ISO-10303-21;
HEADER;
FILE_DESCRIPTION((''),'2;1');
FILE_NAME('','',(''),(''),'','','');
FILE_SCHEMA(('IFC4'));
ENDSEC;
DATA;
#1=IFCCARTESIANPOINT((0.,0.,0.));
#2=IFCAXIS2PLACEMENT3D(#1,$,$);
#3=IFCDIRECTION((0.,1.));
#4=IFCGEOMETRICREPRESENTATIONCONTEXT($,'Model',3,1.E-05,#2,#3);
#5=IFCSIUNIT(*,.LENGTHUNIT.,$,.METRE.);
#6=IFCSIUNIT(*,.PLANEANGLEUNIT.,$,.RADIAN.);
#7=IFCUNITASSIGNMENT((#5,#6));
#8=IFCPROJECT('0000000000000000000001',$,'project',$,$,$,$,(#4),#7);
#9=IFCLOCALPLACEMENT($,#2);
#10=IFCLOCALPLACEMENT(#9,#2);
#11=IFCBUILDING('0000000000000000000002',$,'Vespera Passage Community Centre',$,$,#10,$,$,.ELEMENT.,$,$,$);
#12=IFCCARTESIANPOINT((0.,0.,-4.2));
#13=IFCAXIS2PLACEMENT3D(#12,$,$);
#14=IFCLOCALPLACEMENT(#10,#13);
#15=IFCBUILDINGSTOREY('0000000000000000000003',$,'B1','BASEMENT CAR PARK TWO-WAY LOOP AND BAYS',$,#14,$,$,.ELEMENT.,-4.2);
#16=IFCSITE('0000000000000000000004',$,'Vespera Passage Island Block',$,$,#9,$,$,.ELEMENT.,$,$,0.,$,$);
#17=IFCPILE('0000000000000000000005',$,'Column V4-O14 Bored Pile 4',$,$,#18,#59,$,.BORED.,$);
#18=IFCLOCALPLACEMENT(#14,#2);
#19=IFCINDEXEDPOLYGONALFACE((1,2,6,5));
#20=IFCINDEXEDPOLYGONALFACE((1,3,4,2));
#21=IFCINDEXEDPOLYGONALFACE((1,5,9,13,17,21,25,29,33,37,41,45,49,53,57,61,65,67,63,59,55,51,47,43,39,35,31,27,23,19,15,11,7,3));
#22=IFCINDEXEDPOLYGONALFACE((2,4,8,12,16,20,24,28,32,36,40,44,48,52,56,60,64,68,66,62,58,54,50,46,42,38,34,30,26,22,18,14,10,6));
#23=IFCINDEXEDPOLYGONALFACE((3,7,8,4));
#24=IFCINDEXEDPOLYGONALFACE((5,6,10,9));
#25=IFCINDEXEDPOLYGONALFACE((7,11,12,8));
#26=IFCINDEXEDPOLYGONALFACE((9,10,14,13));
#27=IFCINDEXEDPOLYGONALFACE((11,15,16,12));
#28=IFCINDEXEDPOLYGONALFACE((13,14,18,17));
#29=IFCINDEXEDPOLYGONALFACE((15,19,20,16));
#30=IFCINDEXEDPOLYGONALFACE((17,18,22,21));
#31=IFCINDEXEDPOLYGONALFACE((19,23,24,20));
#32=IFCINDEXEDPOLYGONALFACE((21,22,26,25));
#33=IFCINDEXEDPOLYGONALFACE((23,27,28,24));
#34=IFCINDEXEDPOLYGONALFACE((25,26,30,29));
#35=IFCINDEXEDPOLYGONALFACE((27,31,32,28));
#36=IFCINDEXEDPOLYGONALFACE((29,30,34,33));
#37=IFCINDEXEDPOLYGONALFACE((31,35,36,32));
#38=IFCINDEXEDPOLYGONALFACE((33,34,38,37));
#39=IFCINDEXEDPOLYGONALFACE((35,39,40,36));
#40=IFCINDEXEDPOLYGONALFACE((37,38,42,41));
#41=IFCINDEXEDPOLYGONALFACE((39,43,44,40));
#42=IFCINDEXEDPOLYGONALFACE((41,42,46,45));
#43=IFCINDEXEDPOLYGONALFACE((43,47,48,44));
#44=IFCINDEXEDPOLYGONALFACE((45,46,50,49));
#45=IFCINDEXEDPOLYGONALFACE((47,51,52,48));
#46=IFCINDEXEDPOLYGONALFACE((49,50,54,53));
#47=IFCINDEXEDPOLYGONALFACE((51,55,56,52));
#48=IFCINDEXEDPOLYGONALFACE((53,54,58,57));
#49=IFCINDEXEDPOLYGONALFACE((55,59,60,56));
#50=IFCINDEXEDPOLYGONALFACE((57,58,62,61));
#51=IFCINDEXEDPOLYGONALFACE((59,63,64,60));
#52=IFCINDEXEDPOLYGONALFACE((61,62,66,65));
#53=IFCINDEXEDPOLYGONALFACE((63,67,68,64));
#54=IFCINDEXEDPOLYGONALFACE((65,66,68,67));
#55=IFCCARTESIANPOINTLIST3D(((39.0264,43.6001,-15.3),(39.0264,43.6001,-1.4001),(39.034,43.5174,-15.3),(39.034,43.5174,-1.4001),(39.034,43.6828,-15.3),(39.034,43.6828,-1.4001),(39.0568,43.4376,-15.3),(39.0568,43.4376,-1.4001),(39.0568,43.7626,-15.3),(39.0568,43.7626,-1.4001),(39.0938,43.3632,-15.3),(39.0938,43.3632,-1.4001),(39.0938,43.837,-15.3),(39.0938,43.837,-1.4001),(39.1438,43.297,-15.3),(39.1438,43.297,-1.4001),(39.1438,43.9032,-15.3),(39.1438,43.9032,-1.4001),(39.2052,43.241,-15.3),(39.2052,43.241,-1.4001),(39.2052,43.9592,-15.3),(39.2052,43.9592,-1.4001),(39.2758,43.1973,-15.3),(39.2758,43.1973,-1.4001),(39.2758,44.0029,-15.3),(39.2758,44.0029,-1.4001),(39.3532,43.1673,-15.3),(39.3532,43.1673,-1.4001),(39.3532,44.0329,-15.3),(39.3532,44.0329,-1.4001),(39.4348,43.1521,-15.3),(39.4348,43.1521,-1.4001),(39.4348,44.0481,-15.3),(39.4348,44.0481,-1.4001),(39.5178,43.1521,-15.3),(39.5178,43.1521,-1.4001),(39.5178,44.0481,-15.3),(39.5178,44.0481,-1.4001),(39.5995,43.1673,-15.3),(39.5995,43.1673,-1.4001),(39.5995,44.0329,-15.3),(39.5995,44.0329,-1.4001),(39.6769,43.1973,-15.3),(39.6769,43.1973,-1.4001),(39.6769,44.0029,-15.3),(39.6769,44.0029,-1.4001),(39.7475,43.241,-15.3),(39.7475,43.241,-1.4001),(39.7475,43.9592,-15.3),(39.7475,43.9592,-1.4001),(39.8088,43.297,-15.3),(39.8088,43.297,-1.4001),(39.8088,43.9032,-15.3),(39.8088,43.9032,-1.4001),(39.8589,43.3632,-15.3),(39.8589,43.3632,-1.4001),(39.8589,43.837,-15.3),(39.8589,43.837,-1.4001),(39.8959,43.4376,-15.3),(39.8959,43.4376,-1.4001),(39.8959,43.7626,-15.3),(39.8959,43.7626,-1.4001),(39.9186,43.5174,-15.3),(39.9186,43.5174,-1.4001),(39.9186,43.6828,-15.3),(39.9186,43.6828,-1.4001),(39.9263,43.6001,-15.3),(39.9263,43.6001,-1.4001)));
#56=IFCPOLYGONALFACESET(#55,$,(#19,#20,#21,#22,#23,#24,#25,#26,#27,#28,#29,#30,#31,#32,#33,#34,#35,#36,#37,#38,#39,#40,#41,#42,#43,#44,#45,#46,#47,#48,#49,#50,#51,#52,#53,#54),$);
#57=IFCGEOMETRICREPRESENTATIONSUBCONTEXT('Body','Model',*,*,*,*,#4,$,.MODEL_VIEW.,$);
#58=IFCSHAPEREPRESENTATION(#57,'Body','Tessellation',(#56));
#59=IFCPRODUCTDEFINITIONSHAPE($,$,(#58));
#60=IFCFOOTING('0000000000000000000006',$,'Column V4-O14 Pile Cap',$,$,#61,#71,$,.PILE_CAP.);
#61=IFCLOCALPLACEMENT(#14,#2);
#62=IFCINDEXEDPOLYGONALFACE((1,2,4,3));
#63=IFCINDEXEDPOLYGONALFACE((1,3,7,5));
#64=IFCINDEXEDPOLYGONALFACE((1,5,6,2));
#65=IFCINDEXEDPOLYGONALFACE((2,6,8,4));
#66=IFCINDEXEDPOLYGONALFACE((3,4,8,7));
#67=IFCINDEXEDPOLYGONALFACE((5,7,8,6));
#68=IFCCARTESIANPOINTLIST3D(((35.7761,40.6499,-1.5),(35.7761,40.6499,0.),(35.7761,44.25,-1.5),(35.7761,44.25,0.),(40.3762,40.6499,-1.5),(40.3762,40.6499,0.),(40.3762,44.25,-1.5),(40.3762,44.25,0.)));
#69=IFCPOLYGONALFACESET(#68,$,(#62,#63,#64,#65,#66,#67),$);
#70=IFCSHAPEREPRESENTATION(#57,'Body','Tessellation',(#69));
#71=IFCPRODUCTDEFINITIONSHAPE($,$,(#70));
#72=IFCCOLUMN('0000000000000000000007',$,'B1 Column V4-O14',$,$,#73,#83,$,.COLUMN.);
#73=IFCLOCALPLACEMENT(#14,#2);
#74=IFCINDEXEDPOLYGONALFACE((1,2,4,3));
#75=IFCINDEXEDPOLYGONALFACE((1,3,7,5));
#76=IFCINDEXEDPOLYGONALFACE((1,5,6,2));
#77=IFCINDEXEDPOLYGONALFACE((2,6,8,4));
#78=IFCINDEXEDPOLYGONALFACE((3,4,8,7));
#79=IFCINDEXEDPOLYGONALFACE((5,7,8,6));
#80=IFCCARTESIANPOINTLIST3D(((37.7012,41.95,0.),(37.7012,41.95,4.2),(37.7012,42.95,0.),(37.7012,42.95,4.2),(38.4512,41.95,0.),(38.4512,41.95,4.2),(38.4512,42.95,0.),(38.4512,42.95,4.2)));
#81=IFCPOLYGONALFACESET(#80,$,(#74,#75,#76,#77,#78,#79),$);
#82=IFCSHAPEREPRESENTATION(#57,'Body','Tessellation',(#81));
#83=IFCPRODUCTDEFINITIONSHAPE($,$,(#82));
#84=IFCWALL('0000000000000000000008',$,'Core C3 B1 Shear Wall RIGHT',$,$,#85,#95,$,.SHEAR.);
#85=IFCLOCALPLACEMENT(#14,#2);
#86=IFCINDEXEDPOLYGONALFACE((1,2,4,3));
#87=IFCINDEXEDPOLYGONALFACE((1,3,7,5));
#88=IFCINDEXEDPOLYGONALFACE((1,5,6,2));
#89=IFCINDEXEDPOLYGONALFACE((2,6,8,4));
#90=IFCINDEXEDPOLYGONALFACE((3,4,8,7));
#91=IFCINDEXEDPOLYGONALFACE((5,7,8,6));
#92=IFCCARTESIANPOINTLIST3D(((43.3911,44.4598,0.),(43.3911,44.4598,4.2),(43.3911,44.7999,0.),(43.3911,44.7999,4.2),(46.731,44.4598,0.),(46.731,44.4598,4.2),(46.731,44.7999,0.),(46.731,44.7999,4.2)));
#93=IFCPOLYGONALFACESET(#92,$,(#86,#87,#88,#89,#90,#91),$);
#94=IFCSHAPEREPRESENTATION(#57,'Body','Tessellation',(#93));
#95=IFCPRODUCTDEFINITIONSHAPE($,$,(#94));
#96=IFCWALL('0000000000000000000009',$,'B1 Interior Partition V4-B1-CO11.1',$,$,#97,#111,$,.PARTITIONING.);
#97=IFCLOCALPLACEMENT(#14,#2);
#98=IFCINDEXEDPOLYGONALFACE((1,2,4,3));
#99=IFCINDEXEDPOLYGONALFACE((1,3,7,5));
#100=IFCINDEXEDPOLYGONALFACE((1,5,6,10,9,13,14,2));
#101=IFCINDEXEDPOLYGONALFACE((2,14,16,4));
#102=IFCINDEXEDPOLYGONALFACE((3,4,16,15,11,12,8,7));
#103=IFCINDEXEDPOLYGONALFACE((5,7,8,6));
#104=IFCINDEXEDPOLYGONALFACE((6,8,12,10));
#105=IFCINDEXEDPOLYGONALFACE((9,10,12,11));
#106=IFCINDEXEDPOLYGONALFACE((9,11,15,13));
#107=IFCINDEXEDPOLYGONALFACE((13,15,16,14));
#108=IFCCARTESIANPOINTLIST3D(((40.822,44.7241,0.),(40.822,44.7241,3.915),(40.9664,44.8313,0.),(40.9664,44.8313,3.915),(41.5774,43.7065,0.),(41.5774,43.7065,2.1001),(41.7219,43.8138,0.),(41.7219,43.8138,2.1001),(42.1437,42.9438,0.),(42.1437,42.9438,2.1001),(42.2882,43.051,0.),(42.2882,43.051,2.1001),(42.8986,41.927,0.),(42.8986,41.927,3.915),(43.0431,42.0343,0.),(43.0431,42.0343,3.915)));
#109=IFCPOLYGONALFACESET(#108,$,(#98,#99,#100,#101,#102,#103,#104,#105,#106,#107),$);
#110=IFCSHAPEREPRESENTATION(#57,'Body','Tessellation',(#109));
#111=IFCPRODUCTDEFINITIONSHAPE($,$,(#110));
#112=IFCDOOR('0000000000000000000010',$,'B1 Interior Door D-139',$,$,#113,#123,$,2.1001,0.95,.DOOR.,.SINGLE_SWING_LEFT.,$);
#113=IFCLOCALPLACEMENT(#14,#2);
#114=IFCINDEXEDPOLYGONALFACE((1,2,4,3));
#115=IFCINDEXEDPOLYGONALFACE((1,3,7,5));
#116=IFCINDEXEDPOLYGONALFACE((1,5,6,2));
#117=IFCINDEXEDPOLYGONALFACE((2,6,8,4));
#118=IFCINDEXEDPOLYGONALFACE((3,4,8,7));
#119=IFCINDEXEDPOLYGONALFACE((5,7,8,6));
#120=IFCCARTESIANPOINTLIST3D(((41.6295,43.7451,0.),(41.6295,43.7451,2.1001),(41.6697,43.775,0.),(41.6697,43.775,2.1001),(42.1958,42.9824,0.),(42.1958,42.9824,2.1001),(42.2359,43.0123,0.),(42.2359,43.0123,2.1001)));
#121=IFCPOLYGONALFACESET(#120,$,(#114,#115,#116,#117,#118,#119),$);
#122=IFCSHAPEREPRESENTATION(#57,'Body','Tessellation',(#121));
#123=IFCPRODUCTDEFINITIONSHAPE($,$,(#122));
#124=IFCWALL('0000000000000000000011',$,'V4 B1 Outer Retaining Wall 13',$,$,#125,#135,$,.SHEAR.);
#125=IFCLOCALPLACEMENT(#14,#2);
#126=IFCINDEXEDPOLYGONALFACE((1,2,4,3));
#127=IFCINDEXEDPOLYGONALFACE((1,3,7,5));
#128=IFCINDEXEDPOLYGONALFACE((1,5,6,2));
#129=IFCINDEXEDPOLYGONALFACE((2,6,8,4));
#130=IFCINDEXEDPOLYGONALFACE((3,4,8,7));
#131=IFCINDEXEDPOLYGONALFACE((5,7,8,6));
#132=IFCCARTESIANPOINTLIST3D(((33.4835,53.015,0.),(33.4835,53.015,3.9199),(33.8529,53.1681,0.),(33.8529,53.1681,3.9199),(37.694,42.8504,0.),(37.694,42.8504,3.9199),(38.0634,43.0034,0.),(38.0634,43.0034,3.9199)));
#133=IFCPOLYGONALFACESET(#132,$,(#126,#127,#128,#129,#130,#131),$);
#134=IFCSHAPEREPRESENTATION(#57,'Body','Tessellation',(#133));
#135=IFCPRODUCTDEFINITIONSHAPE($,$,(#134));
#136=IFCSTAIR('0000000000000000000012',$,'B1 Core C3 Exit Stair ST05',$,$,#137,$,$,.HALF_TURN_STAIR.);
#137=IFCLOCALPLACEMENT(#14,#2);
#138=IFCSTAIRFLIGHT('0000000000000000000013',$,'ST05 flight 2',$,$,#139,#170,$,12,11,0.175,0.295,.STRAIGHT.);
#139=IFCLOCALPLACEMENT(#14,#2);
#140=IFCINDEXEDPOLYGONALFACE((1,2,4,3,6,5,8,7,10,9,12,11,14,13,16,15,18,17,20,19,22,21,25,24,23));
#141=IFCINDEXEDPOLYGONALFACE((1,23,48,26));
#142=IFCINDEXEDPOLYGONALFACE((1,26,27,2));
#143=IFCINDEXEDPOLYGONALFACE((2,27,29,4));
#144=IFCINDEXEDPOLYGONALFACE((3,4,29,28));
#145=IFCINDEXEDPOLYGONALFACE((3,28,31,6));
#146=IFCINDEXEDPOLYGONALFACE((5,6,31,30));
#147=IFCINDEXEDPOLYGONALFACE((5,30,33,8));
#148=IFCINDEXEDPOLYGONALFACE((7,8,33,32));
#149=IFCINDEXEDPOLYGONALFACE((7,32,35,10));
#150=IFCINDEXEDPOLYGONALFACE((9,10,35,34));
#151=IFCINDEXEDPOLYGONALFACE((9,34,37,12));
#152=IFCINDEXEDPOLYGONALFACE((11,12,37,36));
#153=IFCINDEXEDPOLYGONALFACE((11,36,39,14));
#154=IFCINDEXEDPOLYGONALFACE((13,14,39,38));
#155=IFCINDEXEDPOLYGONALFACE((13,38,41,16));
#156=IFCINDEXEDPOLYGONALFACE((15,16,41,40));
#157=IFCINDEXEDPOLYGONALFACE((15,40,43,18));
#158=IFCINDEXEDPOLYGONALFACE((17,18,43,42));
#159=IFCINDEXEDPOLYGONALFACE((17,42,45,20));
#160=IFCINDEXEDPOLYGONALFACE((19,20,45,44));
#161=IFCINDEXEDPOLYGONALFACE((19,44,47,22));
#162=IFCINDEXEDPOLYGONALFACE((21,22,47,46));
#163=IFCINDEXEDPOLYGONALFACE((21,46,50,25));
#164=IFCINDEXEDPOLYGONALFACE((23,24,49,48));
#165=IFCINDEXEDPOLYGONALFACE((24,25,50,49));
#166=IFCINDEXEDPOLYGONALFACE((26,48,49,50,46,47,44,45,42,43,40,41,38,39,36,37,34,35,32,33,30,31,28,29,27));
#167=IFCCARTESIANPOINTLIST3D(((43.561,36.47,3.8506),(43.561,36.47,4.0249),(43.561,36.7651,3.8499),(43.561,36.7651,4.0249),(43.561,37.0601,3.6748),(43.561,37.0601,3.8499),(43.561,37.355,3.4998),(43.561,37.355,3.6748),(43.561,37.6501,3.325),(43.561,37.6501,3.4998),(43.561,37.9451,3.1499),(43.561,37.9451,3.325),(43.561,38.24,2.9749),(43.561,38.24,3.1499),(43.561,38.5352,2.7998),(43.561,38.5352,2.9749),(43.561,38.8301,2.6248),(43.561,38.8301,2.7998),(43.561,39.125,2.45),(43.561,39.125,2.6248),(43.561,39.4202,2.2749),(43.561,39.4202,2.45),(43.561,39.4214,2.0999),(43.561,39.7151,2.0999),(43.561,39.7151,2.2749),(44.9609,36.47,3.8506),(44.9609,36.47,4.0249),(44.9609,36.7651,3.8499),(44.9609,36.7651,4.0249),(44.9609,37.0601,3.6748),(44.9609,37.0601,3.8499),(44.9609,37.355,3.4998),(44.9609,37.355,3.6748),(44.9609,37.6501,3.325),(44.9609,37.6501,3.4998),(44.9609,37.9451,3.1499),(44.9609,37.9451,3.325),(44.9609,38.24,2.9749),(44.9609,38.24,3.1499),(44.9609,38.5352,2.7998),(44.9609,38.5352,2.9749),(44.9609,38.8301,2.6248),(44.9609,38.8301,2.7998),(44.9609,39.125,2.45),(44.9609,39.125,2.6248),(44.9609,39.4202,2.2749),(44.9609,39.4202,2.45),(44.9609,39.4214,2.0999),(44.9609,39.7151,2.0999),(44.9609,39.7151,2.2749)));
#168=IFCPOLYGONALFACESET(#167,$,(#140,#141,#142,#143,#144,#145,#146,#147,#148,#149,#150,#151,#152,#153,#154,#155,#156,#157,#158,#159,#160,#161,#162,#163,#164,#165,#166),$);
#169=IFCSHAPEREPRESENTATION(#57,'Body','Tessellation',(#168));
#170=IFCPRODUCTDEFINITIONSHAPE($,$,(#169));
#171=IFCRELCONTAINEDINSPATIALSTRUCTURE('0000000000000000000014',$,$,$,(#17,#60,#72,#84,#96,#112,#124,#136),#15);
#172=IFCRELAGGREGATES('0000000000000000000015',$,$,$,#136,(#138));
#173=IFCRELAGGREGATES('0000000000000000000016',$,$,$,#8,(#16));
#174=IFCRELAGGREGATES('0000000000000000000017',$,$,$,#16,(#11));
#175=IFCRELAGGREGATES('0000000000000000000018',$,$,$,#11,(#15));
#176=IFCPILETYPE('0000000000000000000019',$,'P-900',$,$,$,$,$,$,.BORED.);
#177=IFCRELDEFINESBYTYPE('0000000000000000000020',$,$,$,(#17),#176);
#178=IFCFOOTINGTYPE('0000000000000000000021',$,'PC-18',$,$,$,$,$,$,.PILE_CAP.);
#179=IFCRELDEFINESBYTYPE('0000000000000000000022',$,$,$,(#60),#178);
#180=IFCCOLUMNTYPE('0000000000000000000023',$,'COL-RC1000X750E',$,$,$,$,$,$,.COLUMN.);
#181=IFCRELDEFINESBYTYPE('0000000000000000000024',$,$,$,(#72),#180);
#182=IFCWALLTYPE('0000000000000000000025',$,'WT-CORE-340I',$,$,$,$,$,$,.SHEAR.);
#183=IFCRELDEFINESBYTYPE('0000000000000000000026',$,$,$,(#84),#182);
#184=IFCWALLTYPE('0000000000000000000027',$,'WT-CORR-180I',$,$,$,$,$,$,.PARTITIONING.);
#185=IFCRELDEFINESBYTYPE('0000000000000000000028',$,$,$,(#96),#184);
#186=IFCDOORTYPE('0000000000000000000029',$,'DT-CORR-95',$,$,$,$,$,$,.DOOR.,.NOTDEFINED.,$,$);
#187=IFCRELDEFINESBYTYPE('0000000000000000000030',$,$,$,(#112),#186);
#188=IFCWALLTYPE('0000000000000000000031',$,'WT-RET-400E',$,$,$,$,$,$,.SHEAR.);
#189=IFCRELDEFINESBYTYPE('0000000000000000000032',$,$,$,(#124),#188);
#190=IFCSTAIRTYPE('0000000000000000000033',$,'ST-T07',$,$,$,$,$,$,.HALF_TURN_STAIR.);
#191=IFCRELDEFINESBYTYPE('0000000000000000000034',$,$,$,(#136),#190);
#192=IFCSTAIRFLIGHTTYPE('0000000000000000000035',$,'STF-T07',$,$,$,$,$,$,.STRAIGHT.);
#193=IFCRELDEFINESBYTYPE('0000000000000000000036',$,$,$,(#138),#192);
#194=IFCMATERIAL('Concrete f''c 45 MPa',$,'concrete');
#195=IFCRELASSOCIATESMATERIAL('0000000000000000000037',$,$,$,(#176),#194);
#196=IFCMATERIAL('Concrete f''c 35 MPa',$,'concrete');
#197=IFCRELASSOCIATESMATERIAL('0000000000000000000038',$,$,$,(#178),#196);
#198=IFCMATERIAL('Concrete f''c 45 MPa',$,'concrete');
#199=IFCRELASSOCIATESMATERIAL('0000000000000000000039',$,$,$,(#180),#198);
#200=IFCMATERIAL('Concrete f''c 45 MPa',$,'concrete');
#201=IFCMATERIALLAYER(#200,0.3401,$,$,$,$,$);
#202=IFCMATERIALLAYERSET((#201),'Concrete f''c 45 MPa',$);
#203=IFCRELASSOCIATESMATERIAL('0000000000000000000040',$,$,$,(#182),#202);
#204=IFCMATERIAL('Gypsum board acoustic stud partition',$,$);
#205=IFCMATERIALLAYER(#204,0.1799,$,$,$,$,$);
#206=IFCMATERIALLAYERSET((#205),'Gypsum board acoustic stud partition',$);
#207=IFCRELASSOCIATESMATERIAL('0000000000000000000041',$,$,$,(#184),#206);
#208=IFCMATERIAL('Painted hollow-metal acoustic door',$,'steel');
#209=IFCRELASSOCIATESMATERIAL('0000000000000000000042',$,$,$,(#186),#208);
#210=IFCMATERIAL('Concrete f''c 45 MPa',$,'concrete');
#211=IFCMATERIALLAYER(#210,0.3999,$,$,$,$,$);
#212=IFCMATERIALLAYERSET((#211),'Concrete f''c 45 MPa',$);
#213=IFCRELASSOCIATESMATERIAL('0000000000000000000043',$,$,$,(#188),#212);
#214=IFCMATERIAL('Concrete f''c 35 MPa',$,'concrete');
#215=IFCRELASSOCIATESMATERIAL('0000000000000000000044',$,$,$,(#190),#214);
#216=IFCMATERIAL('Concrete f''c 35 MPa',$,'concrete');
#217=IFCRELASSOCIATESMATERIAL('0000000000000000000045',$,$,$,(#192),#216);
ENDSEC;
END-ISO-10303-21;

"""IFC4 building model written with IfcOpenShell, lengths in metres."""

from ifc_helpers import new_model, si_unit, direction, frame, frame_2d, origin, origin_2d, place, context, subcontext, project, spatial, polyline, rectangle, circle, outline, extrude, material, layer, layer_set, material_profile, profile_set, type_object, element, fill, aggregate, save


model = new_model("IFC4")

# Units and contexts
model_context = context("Model", 3, precision=1e-05, world=origin(), true_north=direction((0.0, 1.0)))
body_context = subcontext(model_context, "Body", "Model", "MODEL_VIEW")
ifc_project = project(units=[si_unit("LENGTHUNIT", "METRE"), si_unit("PLANEANGLEUNIT", "RADIAN")], contexts=[model_context])

# Site, building, storey
site_placement = place(None, origin())
site = spatial("IfcSite", under=ifc_project, at=site_placement, Name="Vespera Passage Island Block", CompositionType="ELEMENT", RefElevation=0.0)
building_placement = place(site_placement, origin())
building = spatial("IfcBuilding", under=site, at=building_placement, Name="Vespera Passage Community Centre", CompositionType="ELEMENT")
storey_placement = place(building_placement, frame((0.0, 0.0, -4.2)))
storey = spatial("IfcBuildingStorey", under=building, at=storey_placement, Name="B1", Description="BASEMENT CAR PARK TWO-WAY LOOP AND BAYS", CompositionType="ELEMENT", Elevation=-4.2)

# Pile
ifc_material_1 = material(Name="Concrete f'c 45 MPa", Category="concrete")
ifc_material_profile_1 = material_profile(ifc_material_1, circle(Radius=0.45, at=origin_2d()), Name="PILE900DIA")
ifc_profile_set_1 = profile_set([ifc_material_profile_1], Name="Concrete f'c 45 MPa")
pile_type_1 = type_object("IfcPileType", Name="P-900", PredefinedType="BORED", material=ifc_profile_set_1)
for number, where, z_axis, x_axis, name in (
    (1, (39.4763, 43.6001, -1.4001), (0.0, 0.0, -1.0), (1.0, 0.0, 0.0), "Column V4-O14 Bored Pile 4"),
):
    element("IfcPile", number, at=place(storey_placement, frame(where, z_axis=z_axis, x_axis=x_axis)), inside=storey, type_object=pile_type_1, Name=name, PredefinedType="BORED", context=body_context, shape_type="SweptSolid", body=[
        extrude(circle(Radius=0.45, at=origin_2d()), origin(), (0.0, 0.0, 1.0), 13.8999),
    ])

# Footing
ifc_material_2 = material(Name="Concrete f'c 35 MPa", Category="concrete")
footing_type = type_object("IfcFootingType", Name="PC-18", PredefinedType="PILE_CAP", material=ifc_material_2)
footing_placement = place(storey_placement, frame((38.0762, 42.45, -1.5), z_axis=(0.0, 0.0, 1.0), x_axis=(1.0, 0.0, 0.0)))
element("IfcFooting", 2, at=footing_placement, inside=storey, type_object=footing_type, Name="Column V4-O14 Pile Cap", PredefinedType="PILE_CAP", context=body_context, shape_type="SweptSolid", body=[
    extrude(rectangle(XDim=4.6001, YDim=3.6001, at=origin_2d()), origin(), (0.0, 0.0, 1.0), 1.5),
])

# Column
ifc_material_3 = material(Name="Concrete f'c 45 MPa", Category="concrete")
ifc_material_profile_2 = material_profile(ifc_material_3, rectangle(XDim=0.75, YDim=1.0, at=origin_2d()), Name="RC1000X750")
ifc_profile_set_2 = profile_set([ifc_material_profile_2], Name="Concrete f'c 45 MPa")
column_type = type_object("IfcColumnType", Name="COL-RC1000X750E", PredefinedType="COLUMN", material=ifc_profile_set_2)
column_placement = place(storey_placement, frame((38.0762, 42.45, 0.0), z_axis=(0.0, 0.0, 1.0), x_axis=(1.0, 0.0, 0.0)))
element("IfcColumn", 3, at=column_placement, inside=storey, type_object=column_type, Name="B1 Column V4-O14", PredefinedType="COLUMN", context=body_context, shape_type="SweptSolid", body=[
    extrude(rectangle(XDim=0.75, YDim=1.0, at=origin_2d()), origin(), (0.0, 0.0, 1.0), 4.2),
])

# Wall
ifc_material_4 = material(Name="Concrete f'c 45 MPa", Category="concrete")
ifc_layer_1 = layer(ifc_material_4, 0.3401)
ifc_layer_set_1 = layer_set([ifc_layer_1], Name="Concrete f'c 45 MPa")
wall_type_1 = type_object("IfcWallType", Name="WT-CORE-340I", PredefinedType="SHEAR", material=ifc_layer_set_1)
wall_1_placement = place(storey_placement, frame((43.3911, 44.6299, 0.0), z_axis=(0.0, 0.0, 1.0), x_axis=(1.0, 0.0, 0.0)))
element("IfcWall", 4, at=wall_1_placement, inside=storey, type_object=wall_type_1, Name="Core C3 B1 Shear Wall RIGHT", PredefinedType="SHEAR", context=body_context, shape_type="SweptSolid", body=[
    extrude(rectangle(XDim=3.3398, YDim=0.3401, at=frame_2d((1.6699, 0.0))), origin(), (0.0, 0.0, 1.0), 4.2),
])

# Wall, opening, door
ifc_material_5 = material(Name="Gypsum board acoustic stud partition")
ifc_layer_2 = layer(ifc_material_5, 0.1799)
ifc_layer_set_2 = layer_set([ifc_layer_2], Name="Gypsum board acoustic stud partition")
wall_type_2 = type_object("IfcWallType", Name="WT-CORR-180I", PredefinedType="PARTITIONING", material=ifc_layer_set_2)
wall_2_placement = place(storey_placement, frame((40.8943, 44.7776, 0.0), z_axis=(0.0, 0.0, 1.0), x_axis=(0.596102, -0.802909, 0.0)))
wall_2 = element("IfcWall", 5, at=wall_2_placement, inside=storey, type_object=wall_type_2, Name="B1 Interior Partition V4-B1-CO11.1", PredefinedType="PARTITIONING", context=body_context, shape_type="SweptSolid", body=[
    extrude(rectangle(XDim=3.4836, YDim=0.1799, at=frame_2d((1.7417, 0.0))), origin(), (0.0, 0.0, 1.0), 3.915),
])
opening_placement = place(wall_2_placement, frame((1.2671, 0.0, 0.0)))
opening = element("IfcOpeningElement", 6, at=opening_placement, cuts=wall_2, PredefinedType="OPENING", context=body_context, shape_type="SweptSolid", body=[
    extrude(rectangle(XDim=0.95, YDim=2.1001, at=frame_2d((0.4751, 1.05))), frame((0.0, 0.0999, 0.0), z_axis=(0.0, -1.0, 0.0), x_axis=(1.0, 0.0, 0.0)), (0.0, 0.0, 1.0), 0.2),
])
ifc_material_6 = material(Name="Painted hollow-metal acoustic door", Category="steel")
door_type = type_object("IfcDoorType", Name="DT-CORR-95", OperationType="NOTDEFINED", PredefinedType="DOOR", material=ifc_material_6)
door_placement = place(opening_placement, origin())
door = element("IfcDoor", 7, at=door_placement, inside=storey, type_object=door_type, Name="B1 Interior Door D-139", OperationType="SINGLE_SWING_LEFT", OverallHeight=2.1001, OverallWidth=0.95, PredefinedType="DOOR", context=body_context, shape_type="SweptSolid", body=[
    extrude(rectangle(XDim=0.95, YDim=2.1001, at=frame_2d((0.4751, 1.05))), frame((0.0, 0.0249, 0.0), z_axis=(0.0, -1.0, 0.0), x_axis=(1.0, 0.0, 0.0)), (0.0, 0.0, 1.0), 0.05),
])
fill(opening, door)

# Wall
ifc_material_7 = material(Name="Concrete f'c 45 MPa", Category="concrete")
ifc_layer_3 = layer(ifc_material_7, 0.3999)
ifc_layer_set_3 = layer_set([ifc_layer_3], Name="Concrete f'c 45 MPa")
wall_type_3 = type_object("IfcWallType", Name="WT-RET-400E", PredefinedType="SHEAR", material=ifc_layer_set_3)
wall_3_placement = place(storey_placement, frame((37.8787, 42.927, 0.0), z_axis=(0.0, 0.0, 1.0), x_axis=(-0.382695, 0.923875, 0.0)))
element("IfcWall", 8, at=wall_3_placement, inside=storey, type_object=wall_type_3, Name="V4 B1 Outer Retaining Wall 13", PredefinedType="SHEAR", context=body_context, shape_type="SweptSolid", body=[
    extrude(rectangle(XDim=11.0022, YDim=0.3999, at=frame_2d((5.501, 0.0))), origin(), (0.0, 0.0, 1.0), 3.9199),
])

# Stair, stair flight
ifc_material_8 = material(Name="Concrete f'c 35 MPa", Category="concrete")
stair_type = type_object("IfcStairType", Name="ST-T07", PredefinedType="HALF_TURN_STAIR", material=ifc_material_8)
stair_placement = place(storey_placement, origin())
stair = element("IfcStair", 9, at=stair_placement, inside=storey, type_object=stair_type, Name="B1 Core C3 Exit Stair ST05", PredefinedType="HALF_TURN_STAIR")
ifc_material_9 = material(Name="Concrete f'c 35 MPa", Category="concrete")
stair_flight_type = type_object("IfcStairFlightType", Name="STF-T07", PredefinedType="STRAIGHT", material=ifc_material_9)
stair_flight_placement = place(storey_placement, frame((44.261, 39.7151, 2.0999), z_axis=(0.0, 0.0, 1.0), x_axis=(0.0, -1.0, 0.0)))
stair_flight = element("IfcStairFlight", 10, at=stair_flight_placement, type_object=stair_flight_type, Name="ST05 flight 2", NumberOfRisers=12, NumberOfTreads=11, PredefinedType="STRAIGHT", RiserHeight=0.175, TreadLength=0.295, context=body_context, shape_type="SweptSolid", body=[
    extrude(outline(polyline([(0.0, 0.0), (0.0, 0.175), (0.2949, 0.175), (0.2949, 0.3501), (0.5901, 0.3501), (0.5901, 0.5249), (0.885, 0.5249), (0.885, 0.7), (1.1799, 0.7), (1.1799, 0.875), (1.4751, 0.875), (1.4751, 1.05), (1.77, 1.05), (1.77, 1.2251), (2.0649, 1.2251), (2.0649, 1.3999), (2.3601, 1.3999), (2.3601, 1.575), (2.655, 1.575), (2.655, 1.75), (2.95, 1.75), (2.95, 1.925), (3.2451, 1.925), (3.2451, 2.1001), (3.2451, 1.7507), (0.2937, 0.0), (0.0, 0.0)])), frame((0.0, 0.7, 0.0), z_axis=(0.0, -1.0, 0.0), x_axis=(1.0, 0.0, 0.0)), (0.0, 0.0, 1.0), 1.3999),
])
aggregate(stair, [stair_flight])

save(model, "model.ifc")
